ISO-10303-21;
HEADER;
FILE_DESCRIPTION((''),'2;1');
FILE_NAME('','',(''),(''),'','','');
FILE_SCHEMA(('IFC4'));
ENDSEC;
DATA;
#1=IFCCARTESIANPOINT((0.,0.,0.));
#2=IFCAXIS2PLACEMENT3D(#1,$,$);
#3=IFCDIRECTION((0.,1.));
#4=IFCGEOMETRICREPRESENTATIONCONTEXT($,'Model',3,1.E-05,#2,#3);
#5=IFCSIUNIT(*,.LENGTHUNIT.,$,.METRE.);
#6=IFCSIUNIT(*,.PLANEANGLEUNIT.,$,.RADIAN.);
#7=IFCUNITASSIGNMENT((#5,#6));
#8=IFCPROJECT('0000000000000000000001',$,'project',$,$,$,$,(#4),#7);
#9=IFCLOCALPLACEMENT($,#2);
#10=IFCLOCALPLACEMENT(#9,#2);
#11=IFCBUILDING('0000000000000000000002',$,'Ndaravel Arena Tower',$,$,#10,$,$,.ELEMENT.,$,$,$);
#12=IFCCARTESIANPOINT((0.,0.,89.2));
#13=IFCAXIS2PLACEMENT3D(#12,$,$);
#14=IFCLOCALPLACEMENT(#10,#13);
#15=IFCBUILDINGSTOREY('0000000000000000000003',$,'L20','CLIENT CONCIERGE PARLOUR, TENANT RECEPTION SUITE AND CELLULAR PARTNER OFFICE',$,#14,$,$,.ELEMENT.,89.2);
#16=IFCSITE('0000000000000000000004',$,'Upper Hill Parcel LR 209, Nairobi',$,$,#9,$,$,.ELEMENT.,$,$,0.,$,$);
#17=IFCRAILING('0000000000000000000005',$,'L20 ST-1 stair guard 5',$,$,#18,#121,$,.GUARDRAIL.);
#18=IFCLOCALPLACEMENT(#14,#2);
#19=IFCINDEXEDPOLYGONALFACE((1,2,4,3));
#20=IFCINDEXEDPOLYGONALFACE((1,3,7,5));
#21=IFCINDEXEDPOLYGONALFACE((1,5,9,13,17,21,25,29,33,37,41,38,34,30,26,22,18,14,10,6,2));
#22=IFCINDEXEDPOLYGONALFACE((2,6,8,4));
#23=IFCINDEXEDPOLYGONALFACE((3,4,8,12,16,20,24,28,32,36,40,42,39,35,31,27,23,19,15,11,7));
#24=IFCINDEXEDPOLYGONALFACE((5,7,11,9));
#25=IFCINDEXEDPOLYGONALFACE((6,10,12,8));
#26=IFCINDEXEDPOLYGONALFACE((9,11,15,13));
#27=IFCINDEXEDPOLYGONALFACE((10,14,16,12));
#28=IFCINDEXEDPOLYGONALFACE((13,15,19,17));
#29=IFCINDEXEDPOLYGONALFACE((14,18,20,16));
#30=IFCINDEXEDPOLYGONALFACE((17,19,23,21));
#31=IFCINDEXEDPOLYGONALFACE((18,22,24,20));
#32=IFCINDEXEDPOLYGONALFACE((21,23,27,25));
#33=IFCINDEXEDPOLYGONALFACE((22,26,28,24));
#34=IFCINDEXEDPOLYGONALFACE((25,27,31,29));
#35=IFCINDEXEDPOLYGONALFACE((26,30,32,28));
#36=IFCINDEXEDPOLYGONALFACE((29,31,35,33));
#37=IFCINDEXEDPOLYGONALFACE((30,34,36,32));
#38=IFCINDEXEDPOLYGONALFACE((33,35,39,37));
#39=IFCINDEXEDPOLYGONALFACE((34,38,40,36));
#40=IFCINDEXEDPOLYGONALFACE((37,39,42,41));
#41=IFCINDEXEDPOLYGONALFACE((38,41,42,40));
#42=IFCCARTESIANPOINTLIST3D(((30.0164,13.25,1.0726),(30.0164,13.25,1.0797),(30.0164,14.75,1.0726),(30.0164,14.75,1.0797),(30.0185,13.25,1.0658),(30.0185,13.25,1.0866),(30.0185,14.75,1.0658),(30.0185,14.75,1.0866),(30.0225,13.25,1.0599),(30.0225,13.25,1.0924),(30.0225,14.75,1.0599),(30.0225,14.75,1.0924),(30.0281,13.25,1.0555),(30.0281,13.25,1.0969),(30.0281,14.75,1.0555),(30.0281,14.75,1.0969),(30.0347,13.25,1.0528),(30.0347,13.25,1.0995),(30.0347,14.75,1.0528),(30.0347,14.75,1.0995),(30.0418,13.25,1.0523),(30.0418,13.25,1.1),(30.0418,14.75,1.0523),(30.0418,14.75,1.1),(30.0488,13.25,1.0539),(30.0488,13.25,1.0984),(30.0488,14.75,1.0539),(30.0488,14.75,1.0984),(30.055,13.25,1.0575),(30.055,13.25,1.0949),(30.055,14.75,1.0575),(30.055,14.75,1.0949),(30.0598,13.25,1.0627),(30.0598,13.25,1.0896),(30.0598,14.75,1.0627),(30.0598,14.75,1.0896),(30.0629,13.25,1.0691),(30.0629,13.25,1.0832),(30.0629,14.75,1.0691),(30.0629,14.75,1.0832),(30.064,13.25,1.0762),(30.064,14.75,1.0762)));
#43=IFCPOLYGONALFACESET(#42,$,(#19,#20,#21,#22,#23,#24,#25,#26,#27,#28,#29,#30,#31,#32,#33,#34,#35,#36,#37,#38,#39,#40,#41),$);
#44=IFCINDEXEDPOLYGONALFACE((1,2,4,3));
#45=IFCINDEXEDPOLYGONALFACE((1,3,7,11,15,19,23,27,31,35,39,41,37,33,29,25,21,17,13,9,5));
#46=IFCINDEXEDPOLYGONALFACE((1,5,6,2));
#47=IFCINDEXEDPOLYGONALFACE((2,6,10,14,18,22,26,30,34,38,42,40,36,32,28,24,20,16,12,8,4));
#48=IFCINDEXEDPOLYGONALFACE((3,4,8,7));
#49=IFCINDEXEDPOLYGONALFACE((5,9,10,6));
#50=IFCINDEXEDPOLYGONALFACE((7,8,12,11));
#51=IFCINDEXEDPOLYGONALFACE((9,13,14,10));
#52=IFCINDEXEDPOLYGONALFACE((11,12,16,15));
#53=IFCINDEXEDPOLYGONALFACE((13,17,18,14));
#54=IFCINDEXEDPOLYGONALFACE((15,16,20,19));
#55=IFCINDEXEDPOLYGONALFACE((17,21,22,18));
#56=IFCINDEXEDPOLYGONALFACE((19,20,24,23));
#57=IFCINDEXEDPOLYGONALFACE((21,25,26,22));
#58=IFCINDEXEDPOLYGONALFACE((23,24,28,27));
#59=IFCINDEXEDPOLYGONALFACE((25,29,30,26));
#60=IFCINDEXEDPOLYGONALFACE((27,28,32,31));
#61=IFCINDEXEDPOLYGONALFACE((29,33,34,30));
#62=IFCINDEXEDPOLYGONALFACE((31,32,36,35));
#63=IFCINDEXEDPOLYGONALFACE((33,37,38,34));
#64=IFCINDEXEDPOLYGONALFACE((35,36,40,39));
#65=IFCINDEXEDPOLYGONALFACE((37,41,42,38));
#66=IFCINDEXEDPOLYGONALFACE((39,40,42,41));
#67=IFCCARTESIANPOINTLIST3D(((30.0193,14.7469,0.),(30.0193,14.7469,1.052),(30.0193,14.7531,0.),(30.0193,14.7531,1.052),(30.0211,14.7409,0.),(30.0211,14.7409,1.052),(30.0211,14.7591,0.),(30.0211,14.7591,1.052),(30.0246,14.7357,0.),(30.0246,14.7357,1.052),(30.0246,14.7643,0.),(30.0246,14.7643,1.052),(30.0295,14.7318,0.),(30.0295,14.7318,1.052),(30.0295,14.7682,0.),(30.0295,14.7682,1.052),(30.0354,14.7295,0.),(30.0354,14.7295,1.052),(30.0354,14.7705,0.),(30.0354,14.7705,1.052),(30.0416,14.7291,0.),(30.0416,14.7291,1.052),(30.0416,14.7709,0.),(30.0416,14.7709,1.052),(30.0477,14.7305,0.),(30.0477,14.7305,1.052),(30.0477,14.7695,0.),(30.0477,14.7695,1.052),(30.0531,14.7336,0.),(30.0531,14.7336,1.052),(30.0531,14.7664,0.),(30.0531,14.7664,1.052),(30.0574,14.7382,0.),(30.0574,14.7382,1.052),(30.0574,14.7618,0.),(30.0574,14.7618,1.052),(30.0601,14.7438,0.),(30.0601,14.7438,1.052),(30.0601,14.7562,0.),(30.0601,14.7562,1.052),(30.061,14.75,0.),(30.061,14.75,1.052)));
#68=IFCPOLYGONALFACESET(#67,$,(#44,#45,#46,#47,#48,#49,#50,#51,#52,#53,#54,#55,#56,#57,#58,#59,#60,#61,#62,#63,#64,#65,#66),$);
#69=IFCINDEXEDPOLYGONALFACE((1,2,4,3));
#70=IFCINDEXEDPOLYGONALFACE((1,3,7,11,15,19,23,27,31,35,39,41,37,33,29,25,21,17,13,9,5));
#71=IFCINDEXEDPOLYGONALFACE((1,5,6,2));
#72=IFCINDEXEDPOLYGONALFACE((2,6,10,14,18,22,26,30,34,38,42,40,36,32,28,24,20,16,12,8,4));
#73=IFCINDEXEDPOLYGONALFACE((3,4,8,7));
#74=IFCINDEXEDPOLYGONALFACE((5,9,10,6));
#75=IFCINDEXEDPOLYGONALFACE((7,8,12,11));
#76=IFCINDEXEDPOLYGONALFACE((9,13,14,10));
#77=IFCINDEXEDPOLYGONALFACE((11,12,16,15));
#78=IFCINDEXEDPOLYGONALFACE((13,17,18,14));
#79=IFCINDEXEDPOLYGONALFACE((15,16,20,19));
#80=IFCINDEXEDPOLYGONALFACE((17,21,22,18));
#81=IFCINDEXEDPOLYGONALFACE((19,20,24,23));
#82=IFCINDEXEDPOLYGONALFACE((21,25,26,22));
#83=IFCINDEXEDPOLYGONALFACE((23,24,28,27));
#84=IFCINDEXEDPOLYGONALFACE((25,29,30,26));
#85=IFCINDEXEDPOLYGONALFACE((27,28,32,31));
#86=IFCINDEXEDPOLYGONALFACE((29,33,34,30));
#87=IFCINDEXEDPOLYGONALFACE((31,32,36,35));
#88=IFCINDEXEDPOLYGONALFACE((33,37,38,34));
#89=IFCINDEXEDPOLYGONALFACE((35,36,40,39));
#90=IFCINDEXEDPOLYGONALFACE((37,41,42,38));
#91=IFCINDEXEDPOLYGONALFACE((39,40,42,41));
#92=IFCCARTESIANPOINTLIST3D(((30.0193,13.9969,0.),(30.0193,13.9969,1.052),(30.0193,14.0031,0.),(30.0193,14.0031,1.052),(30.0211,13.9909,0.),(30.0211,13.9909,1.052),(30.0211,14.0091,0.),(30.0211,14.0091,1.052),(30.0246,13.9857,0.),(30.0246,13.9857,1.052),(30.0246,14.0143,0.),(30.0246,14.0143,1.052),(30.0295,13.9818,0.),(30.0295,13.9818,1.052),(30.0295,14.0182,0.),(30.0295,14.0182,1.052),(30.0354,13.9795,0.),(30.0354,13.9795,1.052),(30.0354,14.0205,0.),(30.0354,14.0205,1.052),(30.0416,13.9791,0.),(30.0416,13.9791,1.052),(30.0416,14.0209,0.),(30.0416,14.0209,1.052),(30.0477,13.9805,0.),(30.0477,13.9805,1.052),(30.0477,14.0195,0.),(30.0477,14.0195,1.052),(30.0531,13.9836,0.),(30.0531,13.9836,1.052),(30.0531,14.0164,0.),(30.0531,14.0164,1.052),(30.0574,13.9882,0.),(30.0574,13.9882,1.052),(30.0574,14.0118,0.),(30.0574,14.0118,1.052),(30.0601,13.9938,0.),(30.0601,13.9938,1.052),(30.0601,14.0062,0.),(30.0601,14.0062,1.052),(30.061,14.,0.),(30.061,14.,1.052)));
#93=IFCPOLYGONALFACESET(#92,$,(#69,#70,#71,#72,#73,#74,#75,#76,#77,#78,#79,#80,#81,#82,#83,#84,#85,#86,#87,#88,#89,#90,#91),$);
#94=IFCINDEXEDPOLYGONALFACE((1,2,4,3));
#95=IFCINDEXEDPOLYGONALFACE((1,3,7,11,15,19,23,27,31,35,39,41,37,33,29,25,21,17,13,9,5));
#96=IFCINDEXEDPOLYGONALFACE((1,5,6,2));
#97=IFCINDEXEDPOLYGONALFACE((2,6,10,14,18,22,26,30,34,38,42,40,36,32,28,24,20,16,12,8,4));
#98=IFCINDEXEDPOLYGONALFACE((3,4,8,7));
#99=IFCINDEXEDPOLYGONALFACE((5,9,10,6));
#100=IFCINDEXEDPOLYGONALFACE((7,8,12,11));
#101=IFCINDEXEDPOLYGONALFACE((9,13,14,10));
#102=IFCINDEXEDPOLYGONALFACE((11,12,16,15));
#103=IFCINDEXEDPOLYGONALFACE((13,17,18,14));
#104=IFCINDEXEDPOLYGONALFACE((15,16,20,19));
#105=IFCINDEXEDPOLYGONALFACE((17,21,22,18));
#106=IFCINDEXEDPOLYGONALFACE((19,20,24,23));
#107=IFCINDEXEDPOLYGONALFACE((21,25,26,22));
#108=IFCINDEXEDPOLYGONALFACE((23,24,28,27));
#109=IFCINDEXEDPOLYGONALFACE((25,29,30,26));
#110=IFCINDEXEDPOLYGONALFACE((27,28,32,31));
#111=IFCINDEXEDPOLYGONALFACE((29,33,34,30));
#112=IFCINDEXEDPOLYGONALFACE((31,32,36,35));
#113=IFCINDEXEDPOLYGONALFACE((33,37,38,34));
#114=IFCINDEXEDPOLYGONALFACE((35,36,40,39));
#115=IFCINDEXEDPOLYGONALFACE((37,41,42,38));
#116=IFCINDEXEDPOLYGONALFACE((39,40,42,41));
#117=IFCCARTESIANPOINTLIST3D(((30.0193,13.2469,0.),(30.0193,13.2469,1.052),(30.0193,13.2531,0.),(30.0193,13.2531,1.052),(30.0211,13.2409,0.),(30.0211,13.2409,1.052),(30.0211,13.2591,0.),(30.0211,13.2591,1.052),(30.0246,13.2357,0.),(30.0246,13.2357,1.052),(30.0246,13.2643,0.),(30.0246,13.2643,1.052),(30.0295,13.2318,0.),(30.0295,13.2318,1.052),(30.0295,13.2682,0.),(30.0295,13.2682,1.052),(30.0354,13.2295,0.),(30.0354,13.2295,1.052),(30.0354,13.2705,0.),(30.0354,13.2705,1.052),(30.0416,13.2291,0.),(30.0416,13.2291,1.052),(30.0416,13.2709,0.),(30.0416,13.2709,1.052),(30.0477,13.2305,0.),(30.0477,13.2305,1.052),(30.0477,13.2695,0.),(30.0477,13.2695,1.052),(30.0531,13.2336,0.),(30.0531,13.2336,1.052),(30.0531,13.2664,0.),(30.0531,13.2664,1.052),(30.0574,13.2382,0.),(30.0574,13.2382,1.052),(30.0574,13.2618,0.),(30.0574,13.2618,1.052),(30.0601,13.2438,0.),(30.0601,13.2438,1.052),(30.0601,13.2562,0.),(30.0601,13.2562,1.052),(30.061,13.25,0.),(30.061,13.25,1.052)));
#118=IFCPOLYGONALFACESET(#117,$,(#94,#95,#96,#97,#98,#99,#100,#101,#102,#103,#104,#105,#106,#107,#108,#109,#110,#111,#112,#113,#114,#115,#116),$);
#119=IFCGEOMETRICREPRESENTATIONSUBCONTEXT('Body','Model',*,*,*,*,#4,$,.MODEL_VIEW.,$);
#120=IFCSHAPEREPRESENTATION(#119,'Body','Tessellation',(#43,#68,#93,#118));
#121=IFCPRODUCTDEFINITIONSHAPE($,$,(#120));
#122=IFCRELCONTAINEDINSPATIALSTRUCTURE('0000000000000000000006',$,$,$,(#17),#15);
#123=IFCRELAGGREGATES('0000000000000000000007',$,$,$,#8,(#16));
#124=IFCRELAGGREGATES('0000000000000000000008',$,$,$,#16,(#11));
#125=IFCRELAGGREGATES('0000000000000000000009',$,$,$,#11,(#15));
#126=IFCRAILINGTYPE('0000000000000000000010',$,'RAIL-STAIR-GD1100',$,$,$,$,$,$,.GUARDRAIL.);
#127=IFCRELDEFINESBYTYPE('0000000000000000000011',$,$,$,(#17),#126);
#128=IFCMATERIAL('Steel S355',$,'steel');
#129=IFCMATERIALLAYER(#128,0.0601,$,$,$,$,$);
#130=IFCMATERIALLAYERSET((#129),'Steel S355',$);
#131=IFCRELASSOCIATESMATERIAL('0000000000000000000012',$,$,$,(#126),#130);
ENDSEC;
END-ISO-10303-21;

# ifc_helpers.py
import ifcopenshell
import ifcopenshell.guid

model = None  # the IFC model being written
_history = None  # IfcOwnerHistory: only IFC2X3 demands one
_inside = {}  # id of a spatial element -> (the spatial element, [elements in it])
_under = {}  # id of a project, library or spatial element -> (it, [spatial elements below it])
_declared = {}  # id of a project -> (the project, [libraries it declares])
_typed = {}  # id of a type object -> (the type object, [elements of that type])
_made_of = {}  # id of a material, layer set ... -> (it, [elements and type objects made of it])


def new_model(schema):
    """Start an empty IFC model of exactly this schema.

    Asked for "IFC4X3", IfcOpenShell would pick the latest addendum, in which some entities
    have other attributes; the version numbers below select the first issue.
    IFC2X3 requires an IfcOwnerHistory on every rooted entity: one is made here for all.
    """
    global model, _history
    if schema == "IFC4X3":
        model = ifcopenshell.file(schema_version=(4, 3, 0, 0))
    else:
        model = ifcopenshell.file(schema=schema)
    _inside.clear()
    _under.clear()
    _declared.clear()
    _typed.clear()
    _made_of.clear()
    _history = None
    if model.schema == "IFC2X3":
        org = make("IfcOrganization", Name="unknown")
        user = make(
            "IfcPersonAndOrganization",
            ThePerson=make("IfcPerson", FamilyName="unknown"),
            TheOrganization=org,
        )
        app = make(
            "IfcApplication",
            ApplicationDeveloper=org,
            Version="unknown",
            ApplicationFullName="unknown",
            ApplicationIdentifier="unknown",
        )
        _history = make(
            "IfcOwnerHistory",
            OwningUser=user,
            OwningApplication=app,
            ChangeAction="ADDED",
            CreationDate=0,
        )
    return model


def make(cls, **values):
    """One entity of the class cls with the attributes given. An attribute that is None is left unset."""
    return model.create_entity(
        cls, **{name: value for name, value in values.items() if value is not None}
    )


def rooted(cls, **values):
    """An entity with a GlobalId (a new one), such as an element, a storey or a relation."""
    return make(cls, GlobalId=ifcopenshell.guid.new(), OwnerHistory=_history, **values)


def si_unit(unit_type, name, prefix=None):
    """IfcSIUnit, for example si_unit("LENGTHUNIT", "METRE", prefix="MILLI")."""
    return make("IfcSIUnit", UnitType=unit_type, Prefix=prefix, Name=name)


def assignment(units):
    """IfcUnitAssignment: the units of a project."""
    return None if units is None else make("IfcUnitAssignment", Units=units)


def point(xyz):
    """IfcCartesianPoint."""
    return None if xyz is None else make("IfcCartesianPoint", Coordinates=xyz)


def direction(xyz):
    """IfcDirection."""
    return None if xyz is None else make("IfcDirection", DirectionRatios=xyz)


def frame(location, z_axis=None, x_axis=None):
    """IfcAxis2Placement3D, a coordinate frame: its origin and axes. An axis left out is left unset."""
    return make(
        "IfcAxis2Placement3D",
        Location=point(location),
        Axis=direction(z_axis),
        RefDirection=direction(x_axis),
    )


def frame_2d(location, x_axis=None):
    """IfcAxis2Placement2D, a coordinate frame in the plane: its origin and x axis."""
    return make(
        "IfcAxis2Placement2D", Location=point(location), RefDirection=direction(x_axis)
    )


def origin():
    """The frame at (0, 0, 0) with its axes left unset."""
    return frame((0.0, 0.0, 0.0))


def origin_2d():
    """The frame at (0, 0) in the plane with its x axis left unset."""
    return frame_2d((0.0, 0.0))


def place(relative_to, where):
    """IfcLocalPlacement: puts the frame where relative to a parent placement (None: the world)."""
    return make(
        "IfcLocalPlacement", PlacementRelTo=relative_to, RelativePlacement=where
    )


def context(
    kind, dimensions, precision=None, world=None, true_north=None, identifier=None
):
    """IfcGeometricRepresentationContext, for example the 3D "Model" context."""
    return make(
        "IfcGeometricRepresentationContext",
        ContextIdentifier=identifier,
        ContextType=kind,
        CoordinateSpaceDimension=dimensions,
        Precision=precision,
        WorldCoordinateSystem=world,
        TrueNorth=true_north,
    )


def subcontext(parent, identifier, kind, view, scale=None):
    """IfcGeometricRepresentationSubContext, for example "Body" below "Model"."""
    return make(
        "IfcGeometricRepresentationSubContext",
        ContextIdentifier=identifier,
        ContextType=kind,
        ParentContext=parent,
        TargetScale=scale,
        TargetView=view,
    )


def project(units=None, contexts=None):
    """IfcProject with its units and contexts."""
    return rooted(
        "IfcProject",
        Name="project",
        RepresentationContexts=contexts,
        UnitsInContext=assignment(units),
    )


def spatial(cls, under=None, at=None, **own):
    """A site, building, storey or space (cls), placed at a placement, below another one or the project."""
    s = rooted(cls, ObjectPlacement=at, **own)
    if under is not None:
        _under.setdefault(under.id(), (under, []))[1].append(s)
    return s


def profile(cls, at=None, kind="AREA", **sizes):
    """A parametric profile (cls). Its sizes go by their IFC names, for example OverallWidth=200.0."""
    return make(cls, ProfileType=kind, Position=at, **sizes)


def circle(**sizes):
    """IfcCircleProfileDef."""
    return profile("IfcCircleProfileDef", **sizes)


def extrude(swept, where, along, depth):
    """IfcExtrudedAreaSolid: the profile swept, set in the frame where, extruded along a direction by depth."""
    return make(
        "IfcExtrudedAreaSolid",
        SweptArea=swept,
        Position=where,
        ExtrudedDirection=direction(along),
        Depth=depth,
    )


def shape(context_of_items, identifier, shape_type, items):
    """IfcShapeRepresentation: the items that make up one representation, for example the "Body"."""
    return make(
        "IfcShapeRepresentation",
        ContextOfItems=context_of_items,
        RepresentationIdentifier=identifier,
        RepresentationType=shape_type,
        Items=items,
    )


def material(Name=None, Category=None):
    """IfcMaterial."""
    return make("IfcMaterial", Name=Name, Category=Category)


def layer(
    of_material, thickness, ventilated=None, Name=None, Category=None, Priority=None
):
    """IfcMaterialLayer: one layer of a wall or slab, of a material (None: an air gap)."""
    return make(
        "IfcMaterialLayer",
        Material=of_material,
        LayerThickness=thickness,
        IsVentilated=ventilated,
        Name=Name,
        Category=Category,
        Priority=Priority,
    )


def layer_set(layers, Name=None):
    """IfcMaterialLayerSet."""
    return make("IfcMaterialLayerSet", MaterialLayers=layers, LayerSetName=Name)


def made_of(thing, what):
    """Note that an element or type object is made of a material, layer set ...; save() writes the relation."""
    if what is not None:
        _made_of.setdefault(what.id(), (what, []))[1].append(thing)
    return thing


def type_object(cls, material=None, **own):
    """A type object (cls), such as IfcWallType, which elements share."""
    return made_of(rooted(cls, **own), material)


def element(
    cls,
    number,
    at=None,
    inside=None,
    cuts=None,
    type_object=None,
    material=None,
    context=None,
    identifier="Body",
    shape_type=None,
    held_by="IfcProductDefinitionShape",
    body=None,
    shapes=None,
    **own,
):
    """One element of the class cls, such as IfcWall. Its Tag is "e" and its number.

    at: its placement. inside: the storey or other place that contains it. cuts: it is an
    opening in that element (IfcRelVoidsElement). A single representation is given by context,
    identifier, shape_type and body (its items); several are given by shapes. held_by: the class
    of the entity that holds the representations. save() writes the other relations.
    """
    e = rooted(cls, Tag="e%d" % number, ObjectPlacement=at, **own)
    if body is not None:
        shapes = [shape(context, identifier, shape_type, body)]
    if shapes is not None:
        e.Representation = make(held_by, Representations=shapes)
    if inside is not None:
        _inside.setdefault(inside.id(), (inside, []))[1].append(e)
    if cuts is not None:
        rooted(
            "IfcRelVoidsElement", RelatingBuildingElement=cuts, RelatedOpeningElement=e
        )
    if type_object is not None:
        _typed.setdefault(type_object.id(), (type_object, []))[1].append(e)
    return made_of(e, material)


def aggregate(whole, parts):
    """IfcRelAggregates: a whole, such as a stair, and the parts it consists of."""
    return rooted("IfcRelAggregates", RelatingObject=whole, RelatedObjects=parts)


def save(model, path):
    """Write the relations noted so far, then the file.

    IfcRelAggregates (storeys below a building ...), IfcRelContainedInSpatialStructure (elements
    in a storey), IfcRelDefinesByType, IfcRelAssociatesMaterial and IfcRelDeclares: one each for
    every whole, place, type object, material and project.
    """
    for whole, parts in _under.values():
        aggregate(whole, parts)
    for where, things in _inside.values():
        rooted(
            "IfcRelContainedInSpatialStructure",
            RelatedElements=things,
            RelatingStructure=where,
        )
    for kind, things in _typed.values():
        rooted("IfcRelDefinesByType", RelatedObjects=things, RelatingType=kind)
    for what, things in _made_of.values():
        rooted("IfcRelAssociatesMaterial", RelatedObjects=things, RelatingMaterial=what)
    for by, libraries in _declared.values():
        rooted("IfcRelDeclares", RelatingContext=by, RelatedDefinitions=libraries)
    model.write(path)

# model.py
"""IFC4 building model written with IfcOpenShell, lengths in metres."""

from ifc_helpers import new_model, si_unit, direction, frame, origin, origin_2d, place, context, subcontext, project, spatial, circle, extrude, material, layer, layer_set, type_object, element, save


model = new_model("IFC4")

# Units and contexts
model_context = context("Model", 3, precision=1e-05, world=origin(), true_north=direction((0.0, 1.0)))
body_context = subcontext(model_context, "Body", "Model", "MODEL_VIEW")
ifc_project = project(units=[si_unit("LENGTHUNIT", "METRE"), si_unit("PLANEANGLEUNIT", "RADIAN")], contexts=[model_context])

# Site, building, storey
site_placement = place(None, origin())
site = spatial("IfcSite", under=ifc_project, at=site_placement, Name="Upper Hill Parcel LR 209, Nairobi", CompositionType="ELEMENT", RefElevation=0.0)
building_placement = place(site_placement, origin())
building = spatial("IfcBuilding", under=site, at=building_placement, Name="Ndaravel Arena Tower", CompositionType="ELEMENT")
storey_placement = place(building_placement, frame((0.0, 0.0, 89.2)))
storey = spatial("IfcBuildingStorey", under=building, at=storey_placement, Name="L20", Description="CLIENT CONCIERGE PARLOUR, TENANT RECEPTION SUITE AND CELLULAR PARTNER OFFICE", CompositionType="ELEMENT", Elevation=89.2)

# Railing
ifc_material_1 = material(Name="Steel S355", Category="steel")
ifc_layer_1 = layer(ifc_material_1, 0.0601)
ifc_layer_set_1 = layer_set([ifc_layer_1], Name="Steel S355")
railing_type = type_object("IfcRailingType", Name="RAIL-STAIR-GD1100", PredefinedType="GUARDRAIL", material=ifc_layer_set_1)
railing_placement = place(storey_placement, frame((30.04, 14.75, 0.0)))
element("IfcRailing", 1, at=railing_placement, inside=storey, type_object=railing_type, Name="L20 ST-1 stair guard 5", PredefinedType="GUARDRAIL", context=body_context, shape_type="SweptSolid", body=[
    extrude(circle(Radius=0.0239, at=origin_2d()), frame((0.0, 0.0, 1.0762), z_axis=(0.0, -1.0, 0.0), x_axis=(1.0, 0.0, 0.0)), (0.0, 0.0, 1.0), 1.5),
    extrude(circle(Radius=0.021, at=origin_2d()), origin(), (0.0, 0.0, 1.0), 1.052),
    extrude(circle(Radius=0.021, at=origin_2d()), frame((0.0, -0.75, 0.0)), (0.0, 0.0, 1.0), 1.052),
    extrude(circle(Radius=0.021, at=origin_2d()), frame((0.0, -1.5, 0.0)), (0.0, 0.0, 1.0), 1.052),
])

save(model, "model.ifc")
